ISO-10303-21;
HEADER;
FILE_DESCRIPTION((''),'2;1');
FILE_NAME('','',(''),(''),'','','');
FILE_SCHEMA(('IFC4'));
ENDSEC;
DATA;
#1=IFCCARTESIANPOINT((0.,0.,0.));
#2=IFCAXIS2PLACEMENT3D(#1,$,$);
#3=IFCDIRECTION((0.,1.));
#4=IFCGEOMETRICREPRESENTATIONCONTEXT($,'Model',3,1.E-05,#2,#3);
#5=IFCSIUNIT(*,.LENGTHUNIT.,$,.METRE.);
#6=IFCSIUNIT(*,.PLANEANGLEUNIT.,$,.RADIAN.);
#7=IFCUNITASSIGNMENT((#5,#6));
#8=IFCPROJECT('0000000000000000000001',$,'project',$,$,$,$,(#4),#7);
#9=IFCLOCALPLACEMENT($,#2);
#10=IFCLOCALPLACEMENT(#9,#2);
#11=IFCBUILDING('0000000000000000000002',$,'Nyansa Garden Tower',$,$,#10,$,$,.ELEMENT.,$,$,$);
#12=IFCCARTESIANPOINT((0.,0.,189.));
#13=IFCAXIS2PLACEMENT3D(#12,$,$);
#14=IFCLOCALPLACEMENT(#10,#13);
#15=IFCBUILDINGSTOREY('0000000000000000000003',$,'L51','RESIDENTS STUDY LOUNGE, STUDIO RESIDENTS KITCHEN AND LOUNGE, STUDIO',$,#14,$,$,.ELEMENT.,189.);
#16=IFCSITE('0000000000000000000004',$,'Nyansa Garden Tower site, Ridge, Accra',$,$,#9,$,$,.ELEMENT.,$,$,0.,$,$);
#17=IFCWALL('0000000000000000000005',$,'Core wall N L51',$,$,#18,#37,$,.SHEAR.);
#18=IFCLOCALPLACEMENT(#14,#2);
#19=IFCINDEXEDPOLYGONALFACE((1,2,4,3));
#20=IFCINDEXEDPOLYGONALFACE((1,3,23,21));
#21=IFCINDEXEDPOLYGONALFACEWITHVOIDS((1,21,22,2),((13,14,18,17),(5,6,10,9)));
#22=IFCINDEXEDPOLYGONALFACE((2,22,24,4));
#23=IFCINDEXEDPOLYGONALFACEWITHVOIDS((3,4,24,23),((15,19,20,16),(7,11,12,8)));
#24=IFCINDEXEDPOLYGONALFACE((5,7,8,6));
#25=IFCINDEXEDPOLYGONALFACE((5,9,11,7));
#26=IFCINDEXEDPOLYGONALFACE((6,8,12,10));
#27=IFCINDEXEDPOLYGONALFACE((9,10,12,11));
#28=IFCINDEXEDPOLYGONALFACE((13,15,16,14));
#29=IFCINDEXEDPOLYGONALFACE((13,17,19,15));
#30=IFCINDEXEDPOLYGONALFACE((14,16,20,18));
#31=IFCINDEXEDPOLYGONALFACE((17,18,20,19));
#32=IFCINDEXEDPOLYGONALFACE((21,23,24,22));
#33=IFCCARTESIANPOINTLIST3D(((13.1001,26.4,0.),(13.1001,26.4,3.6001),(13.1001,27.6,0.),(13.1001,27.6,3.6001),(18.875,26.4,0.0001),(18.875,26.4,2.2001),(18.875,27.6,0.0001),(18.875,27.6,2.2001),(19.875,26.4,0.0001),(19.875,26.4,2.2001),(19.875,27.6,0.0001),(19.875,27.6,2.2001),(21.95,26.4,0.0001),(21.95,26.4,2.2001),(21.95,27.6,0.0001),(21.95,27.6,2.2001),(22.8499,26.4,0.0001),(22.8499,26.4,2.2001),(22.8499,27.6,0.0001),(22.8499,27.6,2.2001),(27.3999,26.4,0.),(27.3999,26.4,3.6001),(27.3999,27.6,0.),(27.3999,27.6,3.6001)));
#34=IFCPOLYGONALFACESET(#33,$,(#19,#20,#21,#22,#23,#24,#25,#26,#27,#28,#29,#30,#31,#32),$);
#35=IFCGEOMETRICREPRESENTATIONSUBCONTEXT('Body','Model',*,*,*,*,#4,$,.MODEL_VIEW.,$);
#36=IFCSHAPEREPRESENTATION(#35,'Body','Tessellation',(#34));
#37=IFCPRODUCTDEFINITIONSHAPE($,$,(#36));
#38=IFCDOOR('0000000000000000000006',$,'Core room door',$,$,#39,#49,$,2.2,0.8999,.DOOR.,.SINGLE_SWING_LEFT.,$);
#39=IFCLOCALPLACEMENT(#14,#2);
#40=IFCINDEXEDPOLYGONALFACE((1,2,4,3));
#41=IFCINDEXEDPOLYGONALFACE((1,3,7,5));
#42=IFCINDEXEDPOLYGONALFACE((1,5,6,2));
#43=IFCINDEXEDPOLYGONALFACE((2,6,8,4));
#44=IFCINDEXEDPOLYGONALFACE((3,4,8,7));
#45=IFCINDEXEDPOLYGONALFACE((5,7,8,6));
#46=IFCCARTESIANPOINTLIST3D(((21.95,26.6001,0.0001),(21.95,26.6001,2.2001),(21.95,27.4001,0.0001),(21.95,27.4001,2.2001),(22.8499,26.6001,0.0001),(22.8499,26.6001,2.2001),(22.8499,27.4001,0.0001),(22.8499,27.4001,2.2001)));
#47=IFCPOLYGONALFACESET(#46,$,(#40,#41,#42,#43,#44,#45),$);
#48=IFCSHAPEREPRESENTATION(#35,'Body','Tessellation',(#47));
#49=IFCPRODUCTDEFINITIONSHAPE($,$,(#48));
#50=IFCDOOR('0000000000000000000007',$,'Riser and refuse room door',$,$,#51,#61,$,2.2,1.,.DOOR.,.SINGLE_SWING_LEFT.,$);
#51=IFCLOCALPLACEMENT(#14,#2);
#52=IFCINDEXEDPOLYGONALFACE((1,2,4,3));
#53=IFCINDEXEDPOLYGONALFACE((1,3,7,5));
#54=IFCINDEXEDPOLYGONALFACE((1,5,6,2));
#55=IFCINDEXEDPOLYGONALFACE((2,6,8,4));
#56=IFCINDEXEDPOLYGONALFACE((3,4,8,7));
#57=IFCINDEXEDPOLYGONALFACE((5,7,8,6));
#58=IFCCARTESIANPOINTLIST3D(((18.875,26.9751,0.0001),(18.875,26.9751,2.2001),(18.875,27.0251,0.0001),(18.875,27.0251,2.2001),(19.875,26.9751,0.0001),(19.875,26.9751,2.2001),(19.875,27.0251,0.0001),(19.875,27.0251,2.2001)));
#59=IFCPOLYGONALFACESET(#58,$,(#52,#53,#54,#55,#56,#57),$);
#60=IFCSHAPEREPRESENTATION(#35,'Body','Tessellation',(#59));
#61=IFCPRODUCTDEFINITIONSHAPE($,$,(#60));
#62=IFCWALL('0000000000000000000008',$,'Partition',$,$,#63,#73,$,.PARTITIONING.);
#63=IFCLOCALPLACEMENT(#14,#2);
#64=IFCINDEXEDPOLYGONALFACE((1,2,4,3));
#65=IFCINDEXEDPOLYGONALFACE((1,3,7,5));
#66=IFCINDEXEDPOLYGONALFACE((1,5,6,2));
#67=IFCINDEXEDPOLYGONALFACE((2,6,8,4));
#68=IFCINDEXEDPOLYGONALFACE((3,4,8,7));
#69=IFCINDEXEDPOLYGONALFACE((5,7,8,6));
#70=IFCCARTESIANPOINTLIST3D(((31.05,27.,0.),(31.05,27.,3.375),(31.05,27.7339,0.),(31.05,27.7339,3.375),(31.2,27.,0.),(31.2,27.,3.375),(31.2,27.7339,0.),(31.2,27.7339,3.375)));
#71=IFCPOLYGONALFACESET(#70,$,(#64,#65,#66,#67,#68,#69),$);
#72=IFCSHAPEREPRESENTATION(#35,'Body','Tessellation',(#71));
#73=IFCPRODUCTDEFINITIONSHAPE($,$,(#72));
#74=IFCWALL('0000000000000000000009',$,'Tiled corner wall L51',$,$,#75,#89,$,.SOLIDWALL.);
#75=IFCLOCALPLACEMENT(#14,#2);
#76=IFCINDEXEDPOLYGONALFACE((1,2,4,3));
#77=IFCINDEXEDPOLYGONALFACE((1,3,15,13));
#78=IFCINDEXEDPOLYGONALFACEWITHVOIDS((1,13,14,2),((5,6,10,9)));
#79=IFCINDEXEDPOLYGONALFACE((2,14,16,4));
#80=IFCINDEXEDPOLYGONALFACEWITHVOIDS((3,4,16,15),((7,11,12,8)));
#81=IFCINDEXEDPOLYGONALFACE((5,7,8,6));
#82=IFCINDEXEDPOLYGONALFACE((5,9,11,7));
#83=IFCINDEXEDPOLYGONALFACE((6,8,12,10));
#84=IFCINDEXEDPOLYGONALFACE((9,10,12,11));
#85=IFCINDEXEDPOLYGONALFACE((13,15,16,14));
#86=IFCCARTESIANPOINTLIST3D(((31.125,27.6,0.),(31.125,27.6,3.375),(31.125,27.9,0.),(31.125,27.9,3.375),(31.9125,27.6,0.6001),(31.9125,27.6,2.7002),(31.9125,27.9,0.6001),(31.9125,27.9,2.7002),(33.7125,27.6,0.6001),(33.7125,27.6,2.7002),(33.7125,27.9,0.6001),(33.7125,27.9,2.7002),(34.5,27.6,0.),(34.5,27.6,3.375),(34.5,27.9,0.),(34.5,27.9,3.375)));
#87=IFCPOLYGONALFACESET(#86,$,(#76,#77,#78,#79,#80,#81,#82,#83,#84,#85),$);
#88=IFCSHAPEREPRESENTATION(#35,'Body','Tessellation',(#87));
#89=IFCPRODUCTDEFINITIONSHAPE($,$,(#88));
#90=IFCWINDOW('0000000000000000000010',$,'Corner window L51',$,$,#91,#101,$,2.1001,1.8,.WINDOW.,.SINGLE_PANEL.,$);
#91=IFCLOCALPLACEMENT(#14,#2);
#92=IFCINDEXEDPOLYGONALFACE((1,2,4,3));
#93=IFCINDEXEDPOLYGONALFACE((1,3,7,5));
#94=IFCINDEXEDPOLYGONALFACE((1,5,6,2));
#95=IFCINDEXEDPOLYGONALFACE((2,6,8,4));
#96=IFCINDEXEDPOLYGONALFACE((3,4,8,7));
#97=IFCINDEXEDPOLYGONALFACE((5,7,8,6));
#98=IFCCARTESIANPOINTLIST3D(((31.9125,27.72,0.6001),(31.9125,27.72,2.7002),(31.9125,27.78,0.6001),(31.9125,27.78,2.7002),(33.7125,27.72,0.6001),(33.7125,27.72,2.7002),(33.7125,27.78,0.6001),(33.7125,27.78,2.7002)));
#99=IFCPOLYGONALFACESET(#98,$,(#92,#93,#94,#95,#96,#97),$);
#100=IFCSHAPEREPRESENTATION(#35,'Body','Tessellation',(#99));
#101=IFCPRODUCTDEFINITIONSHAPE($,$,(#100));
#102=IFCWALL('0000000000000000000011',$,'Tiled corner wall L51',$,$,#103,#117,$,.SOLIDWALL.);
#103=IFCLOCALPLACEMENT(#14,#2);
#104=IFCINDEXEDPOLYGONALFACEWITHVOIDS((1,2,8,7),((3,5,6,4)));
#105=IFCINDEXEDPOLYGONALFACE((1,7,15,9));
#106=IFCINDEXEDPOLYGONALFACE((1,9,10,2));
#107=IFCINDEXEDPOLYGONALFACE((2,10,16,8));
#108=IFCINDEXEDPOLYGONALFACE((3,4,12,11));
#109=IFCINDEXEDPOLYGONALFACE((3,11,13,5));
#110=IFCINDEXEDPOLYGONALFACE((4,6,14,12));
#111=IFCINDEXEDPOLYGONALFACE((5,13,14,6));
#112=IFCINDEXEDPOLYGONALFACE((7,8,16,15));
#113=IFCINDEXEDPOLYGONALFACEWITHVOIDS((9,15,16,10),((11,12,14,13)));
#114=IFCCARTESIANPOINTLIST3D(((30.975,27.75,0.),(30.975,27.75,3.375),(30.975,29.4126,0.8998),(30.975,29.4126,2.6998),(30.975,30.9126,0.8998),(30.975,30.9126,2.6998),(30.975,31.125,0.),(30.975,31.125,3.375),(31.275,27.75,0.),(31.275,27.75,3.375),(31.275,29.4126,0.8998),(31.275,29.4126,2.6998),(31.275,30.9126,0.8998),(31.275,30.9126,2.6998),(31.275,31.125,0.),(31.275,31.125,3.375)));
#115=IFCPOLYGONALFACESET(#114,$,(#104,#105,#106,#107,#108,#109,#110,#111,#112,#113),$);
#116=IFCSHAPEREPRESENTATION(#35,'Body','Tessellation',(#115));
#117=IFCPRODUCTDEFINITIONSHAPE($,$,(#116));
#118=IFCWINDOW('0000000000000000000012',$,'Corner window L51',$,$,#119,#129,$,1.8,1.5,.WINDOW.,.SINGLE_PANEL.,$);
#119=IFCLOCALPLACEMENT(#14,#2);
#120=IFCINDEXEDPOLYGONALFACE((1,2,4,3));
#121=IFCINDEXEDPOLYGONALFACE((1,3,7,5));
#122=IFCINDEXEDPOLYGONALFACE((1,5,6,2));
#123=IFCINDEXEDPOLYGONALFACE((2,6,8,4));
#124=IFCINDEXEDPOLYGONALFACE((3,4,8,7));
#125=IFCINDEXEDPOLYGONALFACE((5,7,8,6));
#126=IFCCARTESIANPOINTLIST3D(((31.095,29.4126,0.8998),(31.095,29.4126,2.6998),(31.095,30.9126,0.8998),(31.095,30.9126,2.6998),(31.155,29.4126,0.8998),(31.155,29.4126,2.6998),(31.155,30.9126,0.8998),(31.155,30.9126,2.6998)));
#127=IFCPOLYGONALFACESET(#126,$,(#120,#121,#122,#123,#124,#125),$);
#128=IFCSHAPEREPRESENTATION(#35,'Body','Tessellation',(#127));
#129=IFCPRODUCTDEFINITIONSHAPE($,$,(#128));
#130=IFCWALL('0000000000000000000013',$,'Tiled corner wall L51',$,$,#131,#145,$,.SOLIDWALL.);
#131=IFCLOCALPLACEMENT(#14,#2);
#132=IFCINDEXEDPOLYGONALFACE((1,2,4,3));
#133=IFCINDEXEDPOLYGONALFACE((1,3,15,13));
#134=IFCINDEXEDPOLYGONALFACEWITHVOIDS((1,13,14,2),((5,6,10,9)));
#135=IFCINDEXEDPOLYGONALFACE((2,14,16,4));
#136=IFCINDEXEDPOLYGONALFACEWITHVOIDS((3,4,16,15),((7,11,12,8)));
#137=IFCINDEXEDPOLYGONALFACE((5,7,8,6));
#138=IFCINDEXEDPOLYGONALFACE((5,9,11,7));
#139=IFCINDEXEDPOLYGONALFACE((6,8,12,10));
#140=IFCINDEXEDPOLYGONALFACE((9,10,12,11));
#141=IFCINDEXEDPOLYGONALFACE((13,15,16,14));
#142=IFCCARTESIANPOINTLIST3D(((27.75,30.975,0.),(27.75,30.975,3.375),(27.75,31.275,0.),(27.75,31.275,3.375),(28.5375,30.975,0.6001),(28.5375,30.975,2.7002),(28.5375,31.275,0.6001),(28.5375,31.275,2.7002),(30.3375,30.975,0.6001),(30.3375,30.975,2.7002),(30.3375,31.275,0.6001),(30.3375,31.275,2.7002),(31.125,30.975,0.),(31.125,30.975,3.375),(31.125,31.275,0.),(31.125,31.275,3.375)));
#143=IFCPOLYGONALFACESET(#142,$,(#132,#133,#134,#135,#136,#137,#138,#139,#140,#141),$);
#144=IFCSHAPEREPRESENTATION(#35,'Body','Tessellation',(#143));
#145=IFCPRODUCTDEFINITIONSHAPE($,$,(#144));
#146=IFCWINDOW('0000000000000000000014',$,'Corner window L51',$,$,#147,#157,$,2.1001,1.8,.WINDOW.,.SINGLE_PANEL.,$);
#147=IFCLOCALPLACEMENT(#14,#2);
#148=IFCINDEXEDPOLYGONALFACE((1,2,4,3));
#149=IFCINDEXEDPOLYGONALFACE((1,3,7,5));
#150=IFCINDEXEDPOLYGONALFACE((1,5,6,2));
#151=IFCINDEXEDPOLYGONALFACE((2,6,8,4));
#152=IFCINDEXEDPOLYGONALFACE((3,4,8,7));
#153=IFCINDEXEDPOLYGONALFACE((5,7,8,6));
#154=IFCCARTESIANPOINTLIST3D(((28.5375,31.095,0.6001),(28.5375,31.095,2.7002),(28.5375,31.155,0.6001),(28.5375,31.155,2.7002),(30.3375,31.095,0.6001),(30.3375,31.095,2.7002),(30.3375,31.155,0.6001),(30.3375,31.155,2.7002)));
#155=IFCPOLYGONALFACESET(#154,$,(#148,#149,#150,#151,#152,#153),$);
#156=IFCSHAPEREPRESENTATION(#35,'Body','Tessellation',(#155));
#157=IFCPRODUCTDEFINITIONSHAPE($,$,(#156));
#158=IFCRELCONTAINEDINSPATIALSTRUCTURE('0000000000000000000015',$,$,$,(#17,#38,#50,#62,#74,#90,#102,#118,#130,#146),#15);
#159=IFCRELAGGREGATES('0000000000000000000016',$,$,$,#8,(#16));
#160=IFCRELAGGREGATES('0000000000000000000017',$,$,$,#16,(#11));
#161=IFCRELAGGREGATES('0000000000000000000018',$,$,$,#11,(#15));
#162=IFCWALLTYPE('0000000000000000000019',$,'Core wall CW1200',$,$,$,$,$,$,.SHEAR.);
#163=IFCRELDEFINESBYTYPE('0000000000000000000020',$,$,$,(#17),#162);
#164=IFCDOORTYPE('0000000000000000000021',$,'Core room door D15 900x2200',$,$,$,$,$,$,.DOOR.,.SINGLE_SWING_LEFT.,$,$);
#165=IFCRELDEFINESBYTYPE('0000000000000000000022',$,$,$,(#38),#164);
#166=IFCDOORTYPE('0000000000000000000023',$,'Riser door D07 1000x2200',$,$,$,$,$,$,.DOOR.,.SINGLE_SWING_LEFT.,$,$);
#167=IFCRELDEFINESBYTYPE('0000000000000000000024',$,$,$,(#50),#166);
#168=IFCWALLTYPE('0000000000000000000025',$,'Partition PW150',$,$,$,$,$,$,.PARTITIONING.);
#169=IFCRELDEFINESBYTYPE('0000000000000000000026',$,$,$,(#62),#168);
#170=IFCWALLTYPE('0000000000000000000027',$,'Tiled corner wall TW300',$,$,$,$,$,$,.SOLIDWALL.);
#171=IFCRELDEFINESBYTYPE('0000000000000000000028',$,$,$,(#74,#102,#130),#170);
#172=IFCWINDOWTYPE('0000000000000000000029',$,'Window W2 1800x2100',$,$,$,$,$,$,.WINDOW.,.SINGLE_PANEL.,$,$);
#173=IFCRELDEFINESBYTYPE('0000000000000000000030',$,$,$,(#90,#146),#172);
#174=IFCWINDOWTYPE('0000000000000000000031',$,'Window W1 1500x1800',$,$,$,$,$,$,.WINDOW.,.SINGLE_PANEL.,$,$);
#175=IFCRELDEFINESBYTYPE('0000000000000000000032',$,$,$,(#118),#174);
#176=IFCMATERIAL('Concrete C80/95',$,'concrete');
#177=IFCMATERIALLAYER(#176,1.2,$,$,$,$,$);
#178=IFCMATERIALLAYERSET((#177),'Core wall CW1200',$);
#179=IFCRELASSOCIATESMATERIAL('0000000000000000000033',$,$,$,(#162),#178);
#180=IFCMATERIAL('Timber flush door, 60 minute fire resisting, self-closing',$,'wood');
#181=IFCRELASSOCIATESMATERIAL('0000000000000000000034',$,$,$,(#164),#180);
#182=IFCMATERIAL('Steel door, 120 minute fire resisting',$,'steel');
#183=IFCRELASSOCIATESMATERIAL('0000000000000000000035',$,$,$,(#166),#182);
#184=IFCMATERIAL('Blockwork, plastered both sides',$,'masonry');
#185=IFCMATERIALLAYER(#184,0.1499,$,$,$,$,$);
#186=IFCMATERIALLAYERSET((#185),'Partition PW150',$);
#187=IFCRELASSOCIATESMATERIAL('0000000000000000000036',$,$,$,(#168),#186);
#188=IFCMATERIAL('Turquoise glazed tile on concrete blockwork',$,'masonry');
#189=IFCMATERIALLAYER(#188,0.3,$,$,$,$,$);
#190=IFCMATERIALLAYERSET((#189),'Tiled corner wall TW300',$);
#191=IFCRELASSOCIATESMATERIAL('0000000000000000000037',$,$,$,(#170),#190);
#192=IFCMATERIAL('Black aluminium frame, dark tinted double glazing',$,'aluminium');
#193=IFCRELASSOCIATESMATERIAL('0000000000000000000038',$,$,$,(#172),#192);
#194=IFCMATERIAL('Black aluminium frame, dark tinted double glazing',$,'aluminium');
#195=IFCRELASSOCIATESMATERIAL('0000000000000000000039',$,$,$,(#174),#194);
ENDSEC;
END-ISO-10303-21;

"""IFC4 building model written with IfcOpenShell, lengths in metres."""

from ifc_helpers import new_model, si_unit, direction, frame, frame_2d, origin, place, context, subcontext, project, spatial, rectangle, extrude, material, layer, layer_set, type_object, element, fill, save


model = new_model("IFC4")

# Units and contexts
model_context = context("Model", 3, precision=1e-05, world=origin(), true_north=direction((0.0, 1.0)))
body_context = subcontext(model_context, "Body", "Model", "MODEL_VIEW")
ifc_project = project(units=[si_unit("LENGTHUNIT", "METRE"), si_unit("PLANEANGLEUNIT", "RADIAN")], contexts=[model_context])

# Site, building, storey
site_placement = place(None, origin())
site = spatial("IfcSite", under=ifc_project, at=site_placement, Name="Nyansa Garden Tower site, Ridge, Accra", CompositionType="ELEMENT", RefElevation=0.0)
building_placement = place(site_placement, origin())
building = spatial("IfcBuilding", under=site, at=building_placement, Name="Nyansa Garden Tower", CompositionType="ELEMENT")
storey_placement = place(building_placement, frame((0.0, 0.0, 189.0)))
storey = spatial("IfcBuildingStorey", under=building, at=storey_placement, Name="L51", Description="RESIDENTS STUDY LOUNGE, STUDIO RESIDENTS KITCHEN AND LOUNGE, STUDIO", CompositionType="ELEMENT", Elevation=189.0)

# Wall, openings, doors
ifc_material_1 = material(Name="Concrete C80/95", Category="concrete")
ifc_layer_1 = layer(ifc_material_1, 1.2)
ifc_layer_set_1 = layer_set([ifc_layer_1], Name="Core wall CW1200")
wall_type_1 = type_object("IfcWallType", Name="Core wall CW1200", PredefinedType="SHEAR", material=ifc_layer_set_1)
wall_1_placement = place(storey_placement, frame((27.3999, 27.0, 0.0), z_axis=(0.0, 0.0, 1.0), x_axis=(-1.0, 0.0, 0.0)))
wall_1 = element("IfcWall", 1, at=wall_1_placement, inside=storey, type_object=wall_type_1, Name="Core wall N L51", PredefinedType="SHEAR", context=body_context, shape_type="SweptSolid", body=[
    extrude(rectangle(XDim=14.2998, YDim=1.2, at=frame_2d((7.1499, 0.0))), origin(), (0.0, 0.0, 1.0), 3.6001),
])
opening_1_placement = place(wall_1_placement, frame((4.55, 0.0, 0.0)))
opening_1 = element("IfcOpeningElement", 2, at=opening_1_placement, cuts=wall_1, PredefinedType="OPENING", context=body_context, shape_type="SweptSolid", body=[
    extrude(rectangle(XDim=0.8999, YDim=2.2, at=frame_2d((0.45, 1.1001))), frame((0.0, 0.6099, 0.0), z_axis=(0.0, -1.0, 0.0), x_axis=(1.0, 0.0, 0.0)), (0.0, 0.0, 1.0), 1.22),
])
opening_2_placement = place(wall_1_placement, frame((7.5249, 0.0, 0.0)))
opening_2 = element("IfcOpeningElement", 3, at=opening_2_placement, cuts=wall_1, PredefinedType="OPENING", context=body_context, shape_type="SweptSolid", body=[
    extrude(rectangle(XDim=1.0, YDim=2.2, at=frame_2d((0.5, 1.1001))), frame((0.0, 0.6099, 0.0), z_axis=(0.0, -1.0, 0.0), x_axis=(1.0, 0.0, 0.0)), (0.0, 0.0, 1.0), 1.22),
])
ifc_material_2 = material(Name="Timber flush door, 60 minute fire resisting, self-closing", Category="wood")
door_type_1 = type_object("IfcDoorType", Name="Core room door D15 900x2200", OperationType="SINGLE_SWING_LEFT", PredefinedType="DOOR", material=ifc_material_2)
door_1_placement = place(opening_1_placement, origin())
door_1 = element("IfcDoor", 4, at=door_1_placement, inside=storey, type_object=door_type_1, Name="Core room door", OperationType="SINGLE_SWING_LEFT", OverallHeight=2.2, OverallWidth=0.8999, PredefinedType="DOOR", context=body_context, shape_type="SweptSolid", body=[
    extrude(rectangle(XDim=0.8999, YDim=2.2, at=frame_2d((0.45, 1.1001))), frame((0.0, 0.3999, 0.0), z_axis=(0.0, -1.0, 0.0), x_axis=(1.0, 0.0, 0.0)), (0.0, 0.0, 1.0), 0.8),
])
fill(opening_1, door_1)
ifc_material_3 = material(Name="Steel door, 120 minute fire resisting", Category="steel")
door_type_2 = type_object("IfcDoorType", Name="Riser door D07 1000x2200", OperationType="SINGLE_SWING_LEFT", PredefinedType="DOOR", material=ifc_material_3)
door_2_placement = place(opening_2_placement, origin())
door_2 = element("IfcDoor", 5, at=door_2_placement, inside=storey, type_object=door_type_2, Name="Riser and refuse room door", OperationType="SINGLE_SWING_LEFT", OverallHeight=2.2, OverallWidth=1.0, PredefinedType="DOOR", context=body_context, shape_type="SweptSolid", body=[
    extrude(rectangle(XDim=1.0, YDim=2.2, at=frame_2d((0.5, 1.1001))), frame((0.0, 0.0249, 0.0), z_axis=(0.0, -1.0, 0.0), x_axis=(1.0, 0.0, 0.0)), (0.0, 0.0, 1.0), 0.05),
])
fill(opening_2, door_2)

# Wall
ifc_material_4 = material(Name="Blockwork, plastered both sides", Category="masonry")
ifc_layer_2 = layer(ifc_material_4, 0.1499)
ifc_layer_set_2 = layer_set([ifc_layer_2], Name="Partition PW150")
wall_type_2 = type_object("IfcWallType", Name="Partition PW150", PredefinedType="PARTITIONING", material=ifc_layer_set_2)
wall_2_placement = place(storey_placement, frame((31.125, 27.0, 0.0), z_axis=(0.0, 0.0, 1.0), x_axis=(0.0, 1.0, 0.0)))
element("IfcWall", 6, at=wall_2_placement, inside=storey, type_object=wall_type_2, Name="Partition", PredefinedType="PARTITIONING", context=body_context, shape_type="SweptSolid", body=[
    extrude(rectangle(XDim=0.7339, YDim=0.1499, at=frame_2d((0.3669, 0.0))), origin(), (0.0, 0.0, 1.0), 3.375),
])

# Walls, openings, windows
ifc_material_5 = material(Name="Turquoise glazed tile on concrete blockwork", Category="masonry")
ifc_layer_3 = layer(ifc_material_5, 0.3)
ifc_layer_set_3 = layer_set([ifc_layer_3], Name="Tiled corner wall TW300")
wall_type_3 = type_object("IfcWallType", Name="Tiled corner wall TW300", PredefinedType="SOLIDWALL", material=ifc_layer_set_3)
wall_3_placement = place(storey_placement, frame((34.5, 27.75, 0.0), z_axis=(0.0, 0.0, 1.0), x_axis=(-1.0, 0.0, 0.0)))
wall_3 = element("IfcWall", 7, at=wall_3_placement, inside=storey, type_object=wall_type_3, Name="Tiled corner wall L51", PredefinedType="SOLIDWALL", context=body_context, shape_type="SweptSolid", body=[
    extrude(rectangle(XDim=3.375, YDim=0.3, at=frame_2d((1.6875, 0.0))), origin(), (0.0, 0.0, 1.0), 3.375),
])
opening_3_placement = place(wall_3_placement, frame((0.7876, 0.0, 0.6001)))
opening_3 = element("IfcOpeningElement", 8, at=opening_3_placement, cuts=wall_3, PredefinedType="OPENING", context=body_context, shape_type="SweptSolid", body=[
    extrude(rectangle(XDim=1.8, YDim=2.1001, at=frame_2d((0.8999, 1.05))), frame((0.0, 0.1599, 0.0), z_axis=(0.0, -1.0, 0.0), x_axis=(1.0, 0.0, 0.0)), (0.0, 0.0, 1.0), 0.3201),
])
ifc_material_6 = material(Name="Black aluminium frame, dark tinted double glazing", Category="aluminium")
window_type_1 = type_object("IfcWindowType", Name="Window W2 1800x2100", PartitioningType="SINGLE_PANEL", PredefinedType="WINDOW", material=ifc_material_6)
window_1_placement = place(opening_3_placement, origin())
window_1 = element("IfcWindow", 9, at=window_1_placement, inside=storey, type_object=window_type_1, Name="Corner window L51", OverallHeight=2.1001, OverallWidth=1.8, PartitioningType="SINGLE_PANEL", PredefinedType="WINDOW", context=body_context, shape_type="SweptSolid", body=[
    extrude(rectangle(XDim=1.8, YDim=2.1001, at=frame_2d((0.8999, 1.05))), frame((0.0, 0.03, 0.0), z_axis=(0.0, -1.0, 0.0), x_axis=(1.0, 0.0, 0.0)), (0.0, 0.0, 1.0), 0.0601),
])
fill(opening_3, window_1)
wall_4_placement = place(storey_placement, frame((31.125, 27.75, 0.0), z_axis=(0.0, 0.0, 1.0), x_axis=(0.0, 1.0, 0.0)))
wall_4 = element("IfcWall", 10, at=wall_4_placement, inside=storey, type_object=wall_type_3, Name="Tiled corner wall L51", PredefinedType="SOLIDWALL", context=body_context, shape_type="SweptSolid", body=[
    extrude(rectangle(XDim=3.375, YDim=0.3, at=frame_2d((1.6875, 0.0))), origin(), (0.0, 0.0, 1.0), 3.375),
])
opening_4_placement = place(wall_4_placement, frame((1.6626, 0.0, 0.8999)))
opening_4 = element("IfcOpeningElement", 11, at=opening_4_placement, cuts=wall_4, PredefinedType="OPENING", context=body_context, shape_type="SweptSolid", body=[
    extrude(rectangle(XDim=1.5, YDim=1.8, at=frame_2d((0.75, 0.8999))), frame((0.0, 0.1599, 0.0), z_axis=(0.0, -1.0, 0.0), x_axis=(1.0, 0.0, 0.0)), (0.0, 0.0, 1.0), 0.3201),
])
ifc_material_7 = material(Name="Black aluminium frame, dark tinted double glazing", Category="aluminium")
window_type_2 = type_object("IfcWindowType", Name="Window W1 1500x1800", PartitioningType="SINGLE_PANEL", PredefinedType="WINDOW", material=ifc_material_7)
window_2_placement = place(opening_4_placement, origin())
window_2 = element("IfcWindow", 12, at=window_2_placement, inside=storey, type_object=window_type_2, Name="Corner window L51", OverallHeight=1.8, OverallWidth=1.5, PartitioningType="SINGLE_PANEL", PredefinedType="WINDOW", context=body_context, shape_type="SweptSolid", body=[
    extrude(rectangle(XDim=1.5, YDim=1.8, at=frame_2d((0.75, 0.8999))), frame((0.0, 0.03, 0.0), z_axis=(0.0, -1.0, 0.0), x_axis=(1.0, 0.0, 0.0)), (0.0, 0.0, 1.0), 0.0601),
])
fill(opening_4, window_2)
wall_5_placement = place(storey_placement, frame((31.125, 31.125, 0.0), z_axis=(0.0, 0.0, 1.0), x_axis=(-1.0, 0.0, 0.0)))
wall_5 = element("IfcWall", 13, at=wall_5_placement, inside=storey, type_object=wall_type_3, Name="Tiled corner wall L51", PredefinedType="SOLIDWALL", context=body_context, shape_type="SweptSolid", body=[
    extrude(rectangle(XDim=3.375, YDim=0.3, at=frame_2d((1.6875, 0.0))), origin(), (0.0, 0.0, 1.0), 3.375),
])
opening_5_placement = place(wall_5_placement, frame((0.7876, 0.0, 0.6001)))
opening_5 = element("IfcOpeningElement", 14, at=opening_5_placement, cuts=wall_5, PredefinedType="OPENING", context=body_context, shape_type="SweptSolid", body=[
    extrude(rectangle(XDim=1.8, YDim=2.1001, at=frame_2d((0.8999, 1.05))), frame((0.0, 0.1599, 0.0), z_axis=(0.0, -1.0, 0.0), x_axis=(1.0, 0.0, 0.0)), (0.0, 0.0, 1.0), 0.3201),
])
window_3_placement = place(opening_5_placement, origin())
window_3 = element("IfcWindow", 15, at=window_3_placement, inside=storey, type_object=window_type_1, Name="Corner window L51", OverallHeight=2.1001, OverallWidth=1.8, PartitioningType="SINGLE_PANEL", PredefinedType="WINDOW", context=body_context, shape_type="SweptSolid", body=[
    extrude(rectangle(XDim=1.8, YDim=2.1001, at=frame_2d((0.8999, 1.05))), frame((0.0, 0.03, 0.0), z_axis=(0.0, -1.0, 0.0), x_axis=(1.0, 0.0, 0.0)), (0.0, 0.0, 1.0), 0.0601),
])
fill(opening_5, window_3)

save(model, "model.ifc")
